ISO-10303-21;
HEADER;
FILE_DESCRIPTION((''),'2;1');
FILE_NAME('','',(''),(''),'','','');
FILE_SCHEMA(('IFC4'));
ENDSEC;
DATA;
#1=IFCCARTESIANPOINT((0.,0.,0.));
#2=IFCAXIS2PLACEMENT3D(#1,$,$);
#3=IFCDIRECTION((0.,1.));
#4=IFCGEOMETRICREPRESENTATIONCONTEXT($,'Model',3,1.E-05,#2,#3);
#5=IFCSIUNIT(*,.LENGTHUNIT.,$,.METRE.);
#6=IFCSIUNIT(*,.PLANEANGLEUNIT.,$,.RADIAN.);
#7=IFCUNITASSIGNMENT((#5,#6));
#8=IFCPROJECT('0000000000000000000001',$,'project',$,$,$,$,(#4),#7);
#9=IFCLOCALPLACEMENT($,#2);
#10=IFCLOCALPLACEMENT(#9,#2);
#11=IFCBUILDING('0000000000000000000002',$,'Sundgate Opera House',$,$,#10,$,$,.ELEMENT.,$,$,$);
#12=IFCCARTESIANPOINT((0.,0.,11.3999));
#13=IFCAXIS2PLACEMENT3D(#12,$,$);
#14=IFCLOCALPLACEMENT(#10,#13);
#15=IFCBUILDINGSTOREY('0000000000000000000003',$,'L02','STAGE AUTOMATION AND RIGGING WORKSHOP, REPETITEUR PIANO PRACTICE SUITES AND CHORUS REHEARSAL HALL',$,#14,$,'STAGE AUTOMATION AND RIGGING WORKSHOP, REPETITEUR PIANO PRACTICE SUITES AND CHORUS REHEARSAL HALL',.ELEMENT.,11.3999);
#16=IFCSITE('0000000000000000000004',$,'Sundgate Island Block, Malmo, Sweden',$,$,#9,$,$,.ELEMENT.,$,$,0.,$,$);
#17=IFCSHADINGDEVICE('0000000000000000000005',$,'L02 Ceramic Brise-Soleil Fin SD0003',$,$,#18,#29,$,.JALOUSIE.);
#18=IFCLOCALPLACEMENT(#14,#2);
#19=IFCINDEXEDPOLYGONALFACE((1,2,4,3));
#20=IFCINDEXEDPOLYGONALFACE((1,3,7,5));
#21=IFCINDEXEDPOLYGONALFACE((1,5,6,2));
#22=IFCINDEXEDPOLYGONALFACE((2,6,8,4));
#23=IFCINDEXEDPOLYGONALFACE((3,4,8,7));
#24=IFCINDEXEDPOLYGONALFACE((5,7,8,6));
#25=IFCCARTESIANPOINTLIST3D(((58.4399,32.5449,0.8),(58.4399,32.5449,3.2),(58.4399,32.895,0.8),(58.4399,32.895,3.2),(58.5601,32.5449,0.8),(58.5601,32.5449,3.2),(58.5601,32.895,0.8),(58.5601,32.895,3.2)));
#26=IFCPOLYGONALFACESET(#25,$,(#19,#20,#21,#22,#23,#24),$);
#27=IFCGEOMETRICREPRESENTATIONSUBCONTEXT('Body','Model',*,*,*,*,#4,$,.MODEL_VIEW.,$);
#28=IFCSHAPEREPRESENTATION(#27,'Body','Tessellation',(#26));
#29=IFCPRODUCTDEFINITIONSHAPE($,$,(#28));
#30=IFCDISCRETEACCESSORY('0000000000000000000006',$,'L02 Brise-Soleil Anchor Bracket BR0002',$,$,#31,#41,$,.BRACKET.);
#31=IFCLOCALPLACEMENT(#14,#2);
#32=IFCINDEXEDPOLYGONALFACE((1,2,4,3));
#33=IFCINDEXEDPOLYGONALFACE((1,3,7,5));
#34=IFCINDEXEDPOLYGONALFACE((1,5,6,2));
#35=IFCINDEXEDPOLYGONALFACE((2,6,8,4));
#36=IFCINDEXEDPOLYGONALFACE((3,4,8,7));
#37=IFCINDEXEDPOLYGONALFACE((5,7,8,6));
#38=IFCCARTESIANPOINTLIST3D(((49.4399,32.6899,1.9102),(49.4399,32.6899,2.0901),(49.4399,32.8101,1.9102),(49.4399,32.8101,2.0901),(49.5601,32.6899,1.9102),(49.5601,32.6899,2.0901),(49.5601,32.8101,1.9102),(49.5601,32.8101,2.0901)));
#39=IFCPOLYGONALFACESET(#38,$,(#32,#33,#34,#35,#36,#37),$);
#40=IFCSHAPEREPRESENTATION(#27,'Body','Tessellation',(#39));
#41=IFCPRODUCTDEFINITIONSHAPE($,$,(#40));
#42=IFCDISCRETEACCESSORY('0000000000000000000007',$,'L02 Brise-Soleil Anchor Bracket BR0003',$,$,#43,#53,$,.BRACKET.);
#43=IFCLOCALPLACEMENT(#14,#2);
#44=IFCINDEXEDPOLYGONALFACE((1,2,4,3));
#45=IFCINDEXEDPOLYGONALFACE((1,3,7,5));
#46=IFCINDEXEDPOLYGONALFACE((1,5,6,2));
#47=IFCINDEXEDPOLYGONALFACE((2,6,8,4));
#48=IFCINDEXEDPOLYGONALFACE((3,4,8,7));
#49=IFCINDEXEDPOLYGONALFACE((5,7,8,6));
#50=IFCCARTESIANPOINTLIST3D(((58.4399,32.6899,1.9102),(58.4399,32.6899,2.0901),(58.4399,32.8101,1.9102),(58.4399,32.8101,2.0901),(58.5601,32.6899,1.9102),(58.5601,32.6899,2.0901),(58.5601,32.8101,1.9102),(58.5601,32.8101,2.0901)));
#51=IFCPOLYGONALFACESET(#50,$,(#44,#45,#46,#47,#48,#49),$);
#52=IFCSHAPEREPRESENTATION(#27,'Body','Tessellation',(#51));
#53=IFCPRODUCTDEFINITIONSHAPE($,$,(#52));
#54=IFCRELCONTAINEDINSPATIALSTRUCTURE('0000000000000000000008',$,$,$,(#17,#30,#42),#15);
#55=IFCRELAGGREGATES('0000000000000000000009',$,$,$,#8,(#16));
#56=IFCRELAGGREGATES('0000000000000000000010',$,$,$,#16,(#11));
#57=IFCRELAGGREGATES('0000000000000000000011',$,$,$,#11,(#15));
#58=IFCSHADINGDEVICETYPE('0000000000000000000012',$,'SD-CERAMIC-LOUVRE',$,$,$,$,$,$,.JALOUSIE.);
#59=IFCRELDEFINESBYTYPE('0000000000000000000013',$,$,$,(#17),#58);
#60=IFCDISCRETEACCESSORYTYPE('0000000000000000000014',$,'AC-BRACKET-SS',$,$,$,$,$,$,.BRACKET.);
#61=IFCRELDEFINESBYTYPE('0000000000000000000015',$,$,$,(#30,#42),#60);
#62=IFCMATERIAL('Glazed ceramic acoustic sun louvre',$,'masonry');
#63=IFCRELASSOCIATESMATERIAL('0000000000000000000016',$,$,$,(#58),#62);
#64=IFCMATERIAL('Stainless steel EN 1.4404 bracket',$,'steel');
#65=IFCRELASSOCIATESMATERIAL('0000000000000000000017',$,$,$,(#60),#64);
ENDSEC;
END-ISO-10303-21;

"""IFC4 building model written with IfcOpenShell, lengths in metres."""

from ifc_helpers import new_model, si_unit, direction, frame, origin, origin_2d, place, context, subcontext, project, spatial, rectangle, extrude, material, type_object, element, save


model = new_model("IFC4")

# Units and contexts
model_context = context("Model", 3, precision=1e-05, world=origin(), true_north=direction((0.0, 1.0)))
body_context = subcontext(model_context, "Body", "Model", "MODEL_VIEW")
ifc_project = project(units=[si_unit("LENGTHUNIT", "METRE"), si_unit("PLANEANGLEUNIT", "RADIAN")], contexts=[model_context])

# Site, building, storey
site_placement = place(None, origin())
site = spatial("IfcSite", under=ifc_project, at=site_placement, Name="Sundgate Island Block, Malmo, Sweden", CompositionType="ELEMENT", RefElevation=0.0)
building_placement = place(site_placement, origin())
building = spatial("IfcBuilding", under=site, at=building_placement, Name="Sundgate Opera House", CompositionType="ELEMENT")
storey_placement = place(building_placement, frame((0.0, 0.0, 11.3999)))
storey = spatial("IfcBuildingStorey", under=building, at=storey_placement, Name="L02", Description="STAGE AUTOMATION AND RIGGING WORKSHOP, REPETITEUR PIANO PRACTICE SUITES AND CHORUS REHEARSAL HALL", LongName="STAGE AUTOMATION AND RIGGING WORKSHOP, REPETITEUR PIANO PRACTICE SUITES AND CHORUS REHEARSAL HALL", CompositionType="ELEMENT", Elevation=11.3999)

# Shading device
ifc_material_1 = material(Name="Glazed ceramic acoustic sun louvre", Category="masonry")
shading_device_type = type_object("IfcShadingDeviceType", Name="SD-CERAMIC-LOUVRE", PredefinedType="JALOUSIE", material=ifc_material_1)
shading_device_placement = place(storey_placement, frame((58.5, 32.72, 0.8), z_axis=(0.0, 0.0, 1.0), x_axis=(1.0, 0.0, 0.0)))
element("IfcShadingDevice", 1, at=shading_device_placement, inside=storey, type_object=shading_device_type, Name="L02 Ceramic Brise-Soleil Fin SD0003", PredefinedType="JALOUSIE", context=body_context, shape_type="SweptSolid", body=[
    extrude(rectangle(XDim=0.1201, YDim=0.3501, at=origin_2d()), origin(), (0.0, 0.0, 1.0), 2.3999),
])

# Discrete accessories
ifc_material_2 = material(Name="Stainless steel EN 1.4404 bracket", Category="steel")
discrete_accessory_type = type_object("IfcDiscreteAccessoryType", Name="AC-BRACKET-SS", PredefinedType="BRACKET", material=ifc_material_2)
for number, where, z_axis, x_axis, name in (
    (2, (49.5, 32.75, 1.9102), (0.0, 0.0, 1.0), (1.0, 0.0, 0.0), "L02 Brise-Soleil Anchor Bracket BR0002"),
    (3, (58.5, 32.75, 1.9102), (0.0, 0.0, 1.0), (1.0, 0.0, 0.0), "L02 Brise-Soleil Anchor Bracket BR0003"),
):
    element("IfcDiscreteAccessory", number, at=place(storey_placement, frame(where, z_axis=z_axis, x_axis=x_axis)), inside=storey, type_object=discrete_accessory_type, Name=name, PredefinedType="BRACKET", context=body_context, shape_type="SweptSolid", body=[
        extrude(rectangle(XDim=0.1201, YDim=0.1201, at=origin_2d()), origin(), (0.0, 0.0, 1.0), 0.1799),
    ])

save(model, "model.ifc")
